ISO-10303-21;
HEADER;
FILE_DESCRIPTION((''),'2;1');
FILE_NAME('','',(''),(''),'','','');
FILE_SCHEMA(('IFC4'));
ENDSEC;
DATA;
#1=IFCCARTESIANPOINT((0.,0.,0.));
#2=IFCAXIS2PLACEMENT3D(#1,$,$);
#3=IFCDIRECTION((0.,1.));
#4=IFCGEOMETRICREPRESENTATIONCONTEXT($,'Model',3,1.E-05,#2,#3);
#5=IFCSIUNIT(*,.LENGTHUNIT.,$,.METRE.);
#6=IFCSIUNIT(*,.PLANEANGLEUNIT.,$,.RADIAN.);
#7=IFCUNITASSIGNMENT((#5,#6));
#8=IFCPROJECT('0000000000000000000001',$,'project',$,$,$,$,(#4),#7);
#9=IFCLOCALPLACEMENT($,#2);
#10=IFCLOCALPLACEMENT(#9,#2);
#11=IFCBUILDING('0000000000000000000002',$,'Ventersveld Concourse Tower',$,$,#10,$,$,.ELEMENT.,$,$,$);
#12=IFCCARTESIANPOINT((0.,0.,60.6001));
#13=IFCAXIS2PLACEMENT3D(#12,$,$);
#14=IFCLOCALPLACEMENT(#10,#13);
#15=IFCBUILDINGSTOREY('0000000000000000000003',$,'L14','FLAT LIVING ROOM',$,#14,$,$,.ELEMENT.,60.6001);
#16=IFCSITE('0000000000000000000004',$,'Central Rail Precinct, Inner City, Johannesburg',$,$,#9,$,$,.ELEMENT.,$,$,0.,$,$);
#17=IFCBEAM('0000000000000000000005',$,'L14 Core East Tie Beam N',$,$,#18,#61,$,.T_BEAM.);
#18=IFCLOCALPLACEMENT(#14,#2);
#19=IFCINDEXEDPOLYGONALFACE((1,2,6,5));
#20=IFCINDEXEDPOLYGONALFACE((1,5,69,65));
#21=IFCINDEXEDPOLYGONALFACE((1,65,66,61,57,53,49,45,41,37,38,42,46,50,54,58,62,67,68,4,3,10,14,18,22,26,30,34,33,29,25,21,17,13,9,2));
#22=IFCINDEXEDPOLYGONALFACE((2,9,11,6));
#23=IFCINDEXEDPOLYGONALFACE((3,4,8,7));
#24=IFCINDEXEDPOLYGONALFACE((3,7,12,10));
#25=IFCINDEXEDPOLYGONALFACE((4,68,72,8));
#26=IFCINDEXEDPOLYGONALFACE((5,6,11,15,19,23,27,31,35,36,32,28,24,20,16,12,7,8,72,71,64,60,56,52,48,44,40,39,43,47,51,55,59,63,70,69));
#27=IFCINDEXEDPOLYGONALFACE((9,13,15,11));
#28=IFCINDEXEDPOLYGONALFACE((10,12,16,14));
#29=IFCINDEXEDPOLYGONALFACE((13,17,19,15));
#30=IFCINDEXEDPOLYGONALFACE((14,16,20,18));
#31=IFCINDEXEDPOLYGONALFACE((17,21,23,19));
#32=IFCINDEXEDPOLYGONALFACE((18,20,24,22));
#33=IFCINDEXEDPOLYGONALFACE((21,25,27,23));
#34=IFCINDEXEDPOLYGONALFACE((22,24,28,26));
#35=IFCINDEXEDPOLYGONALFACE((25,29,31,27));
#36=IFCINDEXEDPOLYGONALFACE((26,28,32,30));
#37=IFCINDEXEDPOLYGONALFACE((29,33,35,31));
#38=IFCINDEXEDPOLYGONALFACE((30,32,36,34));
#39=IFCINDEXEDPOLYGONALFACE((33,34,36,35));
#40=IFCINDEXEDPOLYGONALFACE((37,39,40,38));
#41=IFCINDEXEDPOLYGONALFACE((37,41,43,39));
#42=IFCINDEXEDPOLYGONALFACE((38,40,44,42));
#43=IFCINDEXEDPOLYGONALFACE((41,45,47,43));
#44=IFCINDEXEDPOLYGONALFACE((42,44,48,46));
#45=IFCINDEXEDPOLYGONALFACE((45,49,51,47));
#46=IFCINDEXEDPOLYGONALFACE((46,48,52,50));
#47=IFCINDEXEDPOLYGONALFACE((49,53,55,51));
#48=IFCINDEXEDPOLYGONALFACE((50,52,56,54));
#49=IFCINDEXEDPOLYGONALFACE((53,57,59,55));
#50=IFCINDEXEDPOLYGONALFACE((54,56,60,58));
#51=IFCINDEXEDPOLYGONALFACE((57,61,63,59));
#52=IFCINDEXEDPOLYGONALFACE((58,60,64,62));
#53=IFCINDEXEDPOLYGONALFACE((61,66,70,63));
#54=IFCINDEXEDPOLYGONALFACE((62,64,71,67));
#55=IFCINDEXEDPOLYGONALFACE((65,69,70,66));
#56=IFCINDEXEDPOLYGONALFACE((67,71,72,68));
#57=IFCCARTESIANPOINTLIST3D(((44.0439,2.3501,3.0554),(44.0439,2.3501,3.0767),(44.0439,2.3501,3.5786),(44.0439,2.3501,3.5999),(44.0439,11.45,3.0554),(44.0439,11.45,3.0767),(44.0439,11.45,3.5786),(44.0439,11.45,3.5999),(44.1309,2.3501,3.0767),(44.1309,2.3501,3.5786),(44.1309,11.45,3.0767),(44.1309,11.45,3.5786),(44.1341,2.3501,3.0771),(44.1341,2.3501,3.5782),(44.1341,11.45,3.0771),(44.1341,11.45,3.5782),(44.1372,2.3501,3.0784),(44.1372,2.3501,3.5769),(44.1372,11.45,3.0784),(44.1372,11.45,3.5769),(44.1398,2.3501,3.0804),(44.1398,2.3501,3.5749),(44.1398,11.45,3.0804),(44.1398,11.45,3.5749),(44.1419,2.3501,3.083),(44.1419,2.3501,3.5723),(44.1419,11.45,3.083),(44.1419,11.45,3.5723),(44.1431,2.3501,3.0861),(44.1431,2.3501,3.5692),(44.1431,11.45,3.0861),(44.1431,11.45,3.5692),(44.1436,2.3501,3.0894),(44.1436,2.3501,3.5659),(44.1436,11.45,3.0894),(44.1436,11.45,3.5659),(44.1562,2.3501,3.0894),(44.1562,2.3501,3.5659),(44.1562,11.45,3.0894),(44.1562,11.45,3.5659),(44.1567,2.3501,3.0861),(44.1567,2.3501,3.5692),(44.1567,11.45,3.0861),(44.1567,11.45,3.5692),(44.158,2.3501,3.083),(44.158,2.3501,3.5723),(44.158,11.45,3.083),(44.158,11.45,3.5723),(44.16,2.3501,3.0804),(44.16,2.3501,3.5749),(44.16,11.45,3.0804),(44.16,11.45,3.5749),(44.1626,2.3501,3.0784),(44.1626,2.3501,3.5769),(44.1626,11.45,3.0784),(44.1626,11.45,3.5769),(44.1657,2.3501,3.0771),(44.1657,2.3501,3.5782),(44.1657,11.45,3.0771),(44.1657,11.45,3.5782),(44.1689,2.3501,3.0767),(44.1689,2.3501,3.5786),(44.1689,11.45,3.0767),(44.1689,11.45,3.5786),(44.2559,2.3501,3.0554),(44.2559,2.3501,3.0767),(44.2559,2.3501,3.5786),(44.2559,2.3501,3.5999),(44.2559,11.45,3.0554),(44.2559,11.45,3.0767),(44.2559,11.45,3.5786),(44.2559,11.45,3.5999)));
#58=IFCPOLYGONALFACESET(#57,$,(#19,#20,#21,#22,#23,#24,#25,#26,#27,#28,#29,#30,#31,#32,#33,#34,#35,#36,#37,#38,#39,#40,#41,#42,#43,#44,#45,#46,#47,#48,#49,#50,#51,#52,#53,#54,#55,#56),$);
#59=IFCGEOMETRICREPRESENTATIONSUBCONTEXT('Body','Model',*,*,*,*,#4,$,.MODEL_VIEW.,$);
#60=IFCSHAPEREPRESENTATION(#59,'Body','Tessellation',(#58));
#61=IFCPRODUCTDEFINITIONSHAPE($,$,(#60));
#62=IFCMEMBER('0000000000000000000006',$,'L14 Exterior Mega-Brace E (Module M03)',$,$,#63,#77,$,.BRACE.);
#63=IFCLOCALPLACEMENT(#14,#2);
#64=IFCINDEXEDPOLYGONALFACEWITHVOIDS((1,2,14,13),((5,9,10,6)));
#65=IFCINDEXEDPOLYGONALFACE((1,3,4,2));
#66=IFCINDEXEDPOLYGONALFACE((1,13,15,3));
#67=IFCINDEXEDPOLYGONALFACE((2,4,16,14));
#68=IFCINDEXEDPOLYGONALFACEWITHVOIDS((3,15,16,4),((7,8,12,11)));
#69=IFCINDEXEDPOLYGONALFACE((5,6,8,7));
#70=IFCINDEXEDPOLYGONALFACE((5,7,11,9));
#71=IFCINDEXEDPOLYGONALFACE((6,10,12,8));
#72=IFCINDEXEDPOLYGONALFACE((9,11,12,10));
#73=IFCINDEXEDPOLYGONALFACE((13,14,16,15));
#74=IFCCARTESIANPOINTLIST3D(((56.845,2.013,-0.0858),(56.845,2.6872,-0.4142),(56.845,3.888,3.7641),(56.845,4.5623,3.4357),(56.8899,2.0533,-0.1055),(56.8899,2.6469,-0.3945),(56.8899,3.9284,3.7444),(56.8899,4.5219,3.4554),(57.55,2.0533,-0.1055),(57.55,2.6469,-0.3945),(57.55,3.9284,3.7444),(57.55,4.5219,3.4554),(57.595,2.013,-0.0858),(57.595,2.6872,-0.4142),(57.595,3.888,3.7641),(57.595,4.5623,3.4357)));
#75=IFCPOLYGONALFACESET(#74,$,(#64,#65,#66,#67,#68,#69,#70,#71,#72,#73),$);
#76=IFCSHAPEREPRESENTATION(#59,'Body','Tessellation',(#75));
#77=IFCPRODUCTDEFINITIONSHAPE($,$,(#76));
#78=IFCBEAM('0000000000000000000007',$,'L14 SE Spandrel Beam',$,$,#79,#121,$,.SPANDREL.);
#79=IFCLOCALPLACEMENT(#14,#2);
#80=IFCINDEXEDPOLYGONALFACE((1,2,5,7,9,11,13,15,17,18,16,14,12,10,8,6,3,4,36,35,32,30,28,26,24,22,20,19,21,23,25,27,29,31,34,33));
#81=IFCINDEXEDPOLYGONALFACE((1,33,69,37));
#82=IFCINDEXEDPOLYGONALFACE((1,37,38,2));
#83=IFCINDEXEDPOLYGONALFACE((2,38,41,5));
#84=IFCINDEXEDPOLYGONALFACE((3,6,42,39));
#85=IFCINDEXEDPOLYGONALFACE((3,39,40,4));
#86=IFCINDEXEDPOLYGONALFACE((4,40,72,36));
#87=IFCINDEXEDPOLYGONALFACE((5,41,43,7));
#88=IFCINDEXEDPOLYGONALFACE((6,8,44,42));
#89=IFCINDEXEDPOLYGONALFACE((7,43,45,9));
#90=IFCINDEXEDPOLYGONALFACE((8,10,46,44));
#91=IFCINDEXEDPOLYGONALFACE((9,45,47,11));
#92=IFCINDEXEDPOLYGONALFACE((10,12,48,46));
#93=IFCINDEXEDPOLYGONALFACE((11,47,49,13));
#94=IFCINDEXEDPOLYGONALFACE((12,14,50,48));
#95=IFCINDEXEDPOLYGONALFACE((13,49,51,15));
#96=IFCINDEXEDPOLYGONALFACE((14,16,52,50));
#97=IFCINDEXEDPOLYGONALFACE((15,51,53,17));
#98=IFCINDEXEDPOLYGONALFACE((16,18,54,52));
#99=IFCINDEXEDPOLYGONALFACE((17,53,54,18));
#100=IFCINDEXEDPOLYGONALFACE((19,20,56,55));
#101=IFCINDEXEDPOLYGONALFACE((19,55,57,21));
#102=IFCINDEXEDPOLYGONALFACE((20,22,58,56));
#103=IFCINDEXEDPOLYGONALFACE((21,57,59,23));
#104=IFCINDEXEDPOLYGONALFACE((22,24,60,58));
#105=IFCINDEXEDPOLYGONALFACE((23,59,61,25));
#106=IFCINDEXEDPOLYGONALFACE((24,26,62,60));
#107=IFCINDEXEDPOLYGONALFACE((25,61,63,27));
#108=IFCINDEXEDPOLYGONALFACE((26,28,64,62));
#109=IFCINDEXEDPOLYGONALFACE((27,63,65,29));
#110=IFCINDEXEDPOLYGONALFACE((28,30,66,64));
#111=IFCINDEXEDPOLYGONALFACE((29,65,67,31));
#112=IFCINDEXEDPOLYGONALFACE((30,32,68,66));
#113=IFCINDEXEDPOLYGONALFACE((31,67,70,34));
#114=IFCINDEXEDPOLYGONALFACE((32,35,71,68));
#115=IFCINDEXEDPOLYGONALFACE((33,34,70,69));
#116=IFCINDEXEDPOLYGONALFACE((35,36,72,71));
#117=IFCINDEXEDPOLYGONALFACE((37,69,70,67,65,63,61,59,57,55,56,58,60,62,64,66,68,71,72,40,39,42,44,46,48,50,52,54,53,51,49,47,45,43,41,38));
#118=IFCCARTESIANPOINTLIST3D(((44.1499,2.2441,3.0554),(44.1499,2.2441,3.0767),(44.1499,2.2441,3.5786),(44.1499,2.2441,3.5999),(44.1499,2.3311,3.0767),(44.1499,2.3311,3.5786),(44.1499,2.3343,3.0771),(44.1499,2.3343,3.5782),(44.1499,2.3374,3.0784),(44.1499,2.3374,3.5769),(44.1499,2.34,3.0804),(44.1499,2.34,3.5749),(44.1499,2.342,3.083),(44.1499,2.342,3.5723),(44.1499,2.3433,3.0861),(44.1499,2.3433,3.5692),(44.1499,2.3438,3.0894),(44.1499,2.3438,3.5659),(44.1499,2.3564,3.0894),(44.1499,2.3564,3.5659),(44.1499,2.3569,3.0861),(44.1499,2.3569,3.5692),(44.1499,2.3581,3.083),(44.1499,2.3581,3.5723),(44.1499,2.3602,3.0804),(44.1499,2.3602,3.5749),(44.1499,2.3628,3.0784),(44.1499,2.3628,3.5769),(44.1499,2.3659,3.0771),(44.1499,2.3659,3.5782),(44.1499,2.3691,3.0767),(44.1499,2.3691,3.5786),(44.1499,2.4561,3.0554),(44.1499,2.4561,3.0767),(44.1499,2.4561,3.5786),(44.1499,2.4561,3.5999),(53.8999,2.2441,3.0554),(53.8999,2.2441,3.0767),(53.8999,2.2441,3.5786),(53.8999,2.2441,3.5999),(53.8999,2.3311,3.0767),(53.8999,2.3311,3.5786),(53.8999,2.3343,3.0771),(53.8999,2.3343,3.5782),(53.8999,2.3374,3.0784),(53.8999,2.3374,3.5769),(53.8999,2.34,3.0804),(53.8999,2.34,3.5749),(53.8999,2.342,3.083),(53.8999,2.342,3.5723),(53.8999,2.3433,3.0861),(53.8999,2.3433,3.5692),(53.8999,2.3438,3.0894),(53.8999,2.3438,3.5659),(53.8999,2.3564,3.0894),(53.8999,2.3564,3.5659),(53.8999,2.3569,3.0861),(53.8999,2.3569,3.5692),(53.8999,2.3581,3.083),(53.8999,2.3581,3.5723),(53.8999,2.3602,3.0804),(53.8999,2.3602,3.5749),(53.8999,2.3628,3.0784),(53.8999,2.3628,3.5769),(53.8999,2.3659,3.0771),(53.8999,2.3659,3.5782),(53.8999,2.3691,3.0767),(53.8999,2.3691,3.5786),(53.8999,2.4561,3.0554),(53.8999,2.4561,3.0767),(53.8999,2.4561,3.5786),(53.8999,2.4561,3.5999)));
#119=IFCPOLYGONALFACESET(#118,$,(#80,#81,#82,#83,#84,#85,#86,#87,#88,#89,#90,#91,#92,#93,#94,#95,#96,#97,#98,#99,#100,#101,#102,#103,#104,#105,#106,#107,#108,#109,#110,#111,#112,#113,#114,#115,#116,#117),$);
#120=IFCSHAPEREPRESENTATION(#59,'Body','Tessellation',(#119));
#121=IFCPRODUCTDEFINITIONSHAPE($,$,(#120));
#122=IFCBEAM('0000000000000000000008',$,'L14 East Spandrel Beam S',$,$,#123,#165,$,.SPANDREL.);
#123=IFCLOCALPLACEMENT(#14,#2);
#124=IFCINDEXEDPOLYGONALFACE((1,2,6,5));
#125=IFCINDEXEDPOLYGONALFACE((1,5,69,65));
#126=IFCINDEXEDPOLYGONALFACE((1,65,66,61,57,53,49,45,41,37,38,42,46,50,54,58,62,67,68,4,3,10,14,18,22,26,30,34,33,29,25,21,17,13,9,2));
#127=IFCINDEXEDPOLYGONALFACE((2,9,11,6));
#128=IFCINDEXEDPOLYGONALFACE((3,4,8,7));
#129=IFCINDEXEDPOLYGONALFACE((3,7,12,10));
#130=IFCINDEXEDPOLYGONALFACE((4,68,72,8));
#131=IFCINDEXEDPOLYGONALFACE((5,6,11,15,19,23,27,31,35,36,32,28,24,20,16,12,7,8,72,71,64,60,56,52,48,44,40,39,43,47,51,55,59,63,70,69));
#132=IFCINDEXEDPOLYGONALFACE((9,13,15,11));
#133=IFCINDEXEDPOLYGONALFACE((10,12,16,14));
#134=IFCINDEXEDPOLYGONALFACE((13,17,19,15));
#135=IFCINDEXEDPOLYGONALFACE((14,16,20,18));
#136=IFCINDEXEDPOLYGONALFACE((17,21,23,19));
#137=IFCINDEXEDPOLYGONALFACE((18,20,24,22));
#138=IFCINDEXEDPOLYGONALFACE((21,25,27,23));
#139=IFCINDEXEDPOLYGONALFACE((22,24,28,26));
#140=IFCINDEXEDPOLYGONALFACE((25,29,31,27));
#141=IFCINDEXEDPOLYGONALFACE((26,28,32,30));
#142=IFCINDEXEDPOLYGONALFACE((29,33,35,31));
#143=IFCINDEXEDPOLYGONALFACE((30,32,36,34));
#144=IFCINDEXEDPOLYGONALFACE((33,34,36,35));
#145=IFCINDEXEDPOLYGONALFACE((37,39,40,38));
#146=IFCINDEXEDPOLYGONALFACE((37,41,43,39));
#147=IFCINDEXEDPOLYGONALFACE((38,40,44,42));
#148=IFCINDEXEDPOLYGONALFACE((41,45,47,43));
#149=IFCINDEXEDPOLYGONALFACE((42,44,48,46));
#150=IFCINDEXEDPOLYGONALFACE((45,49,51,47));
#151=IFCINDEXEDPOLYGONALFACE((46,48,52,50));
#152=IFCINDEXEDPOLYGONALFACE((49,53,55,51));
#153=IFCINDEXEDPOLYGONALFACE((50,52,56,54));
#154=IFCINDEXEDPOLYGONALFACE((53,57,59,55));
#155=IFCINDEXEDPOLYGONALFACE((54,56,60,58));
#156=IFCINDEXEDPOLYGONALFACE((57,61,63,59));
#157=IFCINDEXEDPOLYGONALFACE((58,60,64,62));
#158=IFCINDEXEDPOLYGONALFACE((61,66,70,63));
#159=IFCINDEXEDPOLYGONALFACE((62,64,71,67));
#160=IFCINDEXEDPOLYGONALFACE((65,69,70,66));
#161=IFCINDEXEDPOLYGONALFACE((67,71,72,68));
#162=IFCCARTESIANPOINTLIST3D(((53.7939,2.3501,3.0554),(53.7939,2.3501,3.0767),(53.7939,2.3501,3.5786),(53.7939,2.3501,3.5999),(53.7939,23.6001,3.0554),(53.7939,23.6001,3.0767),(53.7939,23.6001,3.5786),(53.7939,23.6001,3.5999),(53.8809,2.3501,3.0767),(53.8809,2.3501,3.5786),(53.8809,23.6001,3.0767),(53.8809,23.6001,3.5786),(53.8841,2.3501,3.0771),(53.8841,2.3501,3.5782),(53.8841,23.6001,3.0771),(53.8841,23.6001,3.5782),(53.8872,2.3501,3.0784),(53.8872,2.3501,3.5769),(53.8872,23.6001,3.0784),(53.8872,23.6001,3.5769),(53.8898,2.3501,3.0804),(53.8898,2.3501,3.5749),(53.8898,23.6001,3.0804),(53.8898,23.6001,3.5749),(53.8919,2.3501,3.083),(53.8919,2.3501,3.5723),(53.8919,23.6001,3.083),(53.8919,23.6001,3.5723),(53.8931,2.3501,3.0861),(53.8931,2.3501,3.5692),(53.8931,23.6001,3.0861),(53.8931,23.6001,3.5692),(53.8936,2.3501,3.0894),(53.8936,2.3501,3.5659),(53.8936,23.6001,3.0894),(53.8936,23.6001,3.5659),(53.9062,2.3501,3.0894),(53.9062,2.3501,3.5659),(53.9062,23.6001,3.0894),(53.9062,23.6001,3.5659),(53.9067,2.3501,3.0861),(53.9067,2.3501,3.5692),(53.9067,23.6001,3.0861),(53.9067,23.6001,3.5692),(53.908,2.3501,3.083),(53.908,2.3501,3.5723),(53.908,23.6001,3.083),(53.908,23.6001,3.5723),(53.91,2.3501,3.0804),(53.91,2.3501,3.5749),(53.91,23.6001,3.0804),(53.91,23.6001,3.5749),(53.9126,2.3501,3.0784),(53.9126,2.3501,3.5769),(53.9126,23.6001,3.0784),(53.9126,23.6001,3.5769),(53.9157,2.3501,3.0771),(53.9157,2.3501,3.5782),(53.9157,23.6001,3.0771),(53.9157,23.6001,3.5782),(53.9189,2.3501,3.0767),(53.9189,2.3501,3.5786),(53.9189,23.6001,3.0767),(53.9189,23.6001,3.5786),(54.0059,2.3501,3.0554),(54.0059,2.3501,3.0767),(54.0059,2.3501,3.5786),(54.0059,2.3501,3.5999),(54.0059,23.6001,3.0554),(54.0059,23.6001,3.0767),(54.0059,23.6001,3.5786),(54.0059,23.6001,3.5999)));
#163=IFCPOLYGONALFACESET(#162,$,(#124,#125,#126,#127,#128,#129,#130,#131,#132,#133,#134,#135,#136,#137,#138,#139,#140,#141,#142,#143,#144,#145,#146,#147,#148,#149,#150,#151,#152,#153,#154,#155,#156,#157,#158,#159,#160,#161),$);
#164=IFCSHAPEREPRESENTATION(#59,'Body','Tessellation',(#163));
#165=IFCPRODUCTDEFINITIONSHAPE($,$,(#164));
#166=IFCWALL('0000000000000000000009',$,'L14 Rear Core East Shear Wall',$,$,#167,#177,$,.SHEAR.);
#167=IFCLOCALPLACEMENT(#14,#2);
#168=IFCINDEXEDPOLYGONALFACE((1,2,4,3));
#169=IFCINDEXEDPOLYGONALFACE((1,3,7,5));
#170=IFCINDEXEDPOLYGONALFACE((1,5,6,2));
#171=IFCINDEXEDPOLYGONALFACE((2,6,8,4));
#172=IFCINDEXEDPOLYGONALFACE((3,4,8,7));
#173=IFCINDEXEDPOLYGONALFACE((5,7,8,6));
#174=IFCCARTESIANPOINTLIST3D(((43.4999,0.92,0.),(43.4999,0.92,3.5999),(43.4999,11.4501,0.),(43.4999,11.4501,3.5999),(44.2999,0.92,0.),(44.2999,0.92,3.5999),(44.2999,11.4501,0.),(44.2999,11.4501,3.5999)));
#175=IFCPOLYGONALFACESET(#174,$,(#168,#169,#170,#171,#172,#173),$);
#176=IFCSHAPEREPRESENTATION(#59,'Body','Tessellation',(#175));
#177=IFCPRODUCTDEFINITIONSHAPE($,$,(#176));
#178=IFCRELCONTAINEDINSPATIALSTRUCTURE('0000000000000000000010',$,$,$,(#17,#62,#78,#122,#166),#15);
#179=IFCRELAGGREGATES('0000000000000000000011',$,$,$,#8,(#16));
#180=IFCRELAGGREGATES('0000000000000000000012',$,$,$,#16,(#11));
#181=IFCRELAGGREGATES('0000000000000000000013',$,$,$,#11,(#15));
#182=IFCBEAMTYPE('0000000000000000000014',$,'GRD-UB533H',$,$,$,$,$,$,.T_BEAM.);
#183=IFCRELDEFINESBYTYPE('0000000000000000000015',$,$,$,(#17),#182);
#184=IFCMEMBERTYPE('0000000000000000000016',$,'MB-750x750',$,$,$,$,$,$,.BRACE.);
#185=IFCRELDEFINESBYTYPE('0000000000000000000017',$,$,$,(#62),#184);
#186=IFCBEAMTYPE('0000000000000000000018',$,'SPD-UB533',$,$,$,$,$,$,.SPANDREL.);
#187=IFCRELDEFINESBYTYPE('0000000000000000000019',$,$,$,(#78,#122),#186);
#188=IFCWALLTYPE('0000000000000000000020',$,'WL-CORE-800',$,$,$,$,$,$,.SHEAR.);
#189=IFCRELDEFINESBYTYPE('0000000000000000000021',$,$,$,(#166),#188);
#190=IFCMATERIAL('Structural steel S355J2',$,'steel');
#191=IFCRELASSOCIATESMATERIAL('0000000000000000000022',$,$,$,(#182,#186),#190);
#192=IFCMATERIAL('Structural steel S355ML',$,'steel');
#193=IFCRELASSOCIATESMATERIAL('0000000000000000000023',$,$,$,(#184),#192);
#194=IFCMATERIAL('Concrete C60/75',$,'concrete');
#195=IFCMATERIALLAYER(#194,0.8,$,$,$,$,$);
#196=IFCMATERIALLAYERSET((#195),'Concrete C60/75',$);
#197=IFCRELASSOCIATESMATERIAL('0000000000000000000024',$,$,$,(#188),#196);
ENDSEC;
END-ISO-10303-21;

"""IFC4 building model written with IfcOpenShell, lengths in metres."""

from ifc_helpers import new_model, si_unit, direction, frame, frame_2d, origin, origin_2d, place, context, subcontext, project, spatial, rectangle, hollow_rectangle, i_section, extrude, material, layer, layer_set, material_profile, profile_set, type_object, element, save


model = new_model("IFC4")

# Units and contexts
model_context = context("Model", 3, precision=1e-05, world=origin(), true_north=direction((0.0, 1.0)))
body_context = subcontext(model_context, "Body", "Model", "MODEL_VIEW")
ifc_project = project(units=[si_unit("LENGTHUNIT", "METRE"), si_unit("PLANEANGLEUNIT", "RADIAN")], contexts=[model_context])

# Site, building, storey
site_placement = place(None, origin())
site = spatial("IfcSite", under=ifc_project, at=site_placement, Name="Central Rail Precinct, Inner City, Johannesburg", CompositionType="ELEMENT", RefElevation=0.0)
building_placement = place(site_placement, origin())
building = spatial("IfcBuilding", under=site, at=building_placement, Name="Ventersveld Concourse Tower", CompositionType="ELEMENT")
storey_placement = place(building_placement, frame((0.0, 0.0, 60.6001)))
storey = spatial("IfcBuildingStorey", under=building, at=storey_placement, Name="L14", Description="FLAT LIVING ROOM", CompositionType="ELEMENT", Elevation=60.6001)

# Beam
ifc_material_1 = material(Name="Structural steel S355J2", Category="steel")
ifc_material_profile_1 = material_profile(ifc_material_1, i_section(OverallWidth=0.2119, OverallDepth=0.5444, WebThickness=0.0127, FlangeThickness=0.0212, FilletRadius=0.0127, at=origin_2d()), Name="UB 533x210x122")
ifc_profile_set_1 = profile_set([ifc_material_profile_1], Name="Structural steel S355J2")
beam_type_1 = type_object("IfcBeamType", Name="GRD-UB533H", PredefinedType="T_BEAM", material=ifc_profile_set_1)
beam_1_placement = place(storey_placement, frame((44.1499, 2.3501, 3.3276), z_axis=(0.0, 1.0, 0.0), x_axis=(-1.0, 0.0, 0.0)))
element("IfcBeam", 1, at=beam_1_placement, inside=storey, type_object=beam_type_1, Name="L14 Core East Tie Beam N", PredefinedType="T_BEAM", context=body_context, shape_type="SweptSolid", body=[
    extrude(i_section(OverallWidth=0.2119, OverallDepth=0.5444, WebThickness=0.0127, FlangeThickness=0.0212, FilletRadius=0.0127, at=origin_2d()), origin(), (0.0, 0.0, 1.0), 9.0999),
])

# Member
ifc_material_2 = material(Name="Structural steel S355ML", Category="steel")
ifc_material_profile_2 = material_profile(ifc_material_2, hollow_rectangle(XDim=0.75, YDim=0.75, WallThickness=0.0449, at=origin_2d()), Name="BOX 750x750x45")
ifc_profile_set_2 = profile_set([ifc_material_profile_2], Name="Structural steel S355ML")
member_type = type_object("IfcMemberType", Name="MB-750x750", PredefinedType="BRACE", material=ifc_profile_set_2)
member_placement = place(storey_placement, frame((57.22, 2.3501, -0.25), z_axis=(0.0, 0.437862, 0.899042), x_axis=(-1.0, 0.0, 0.0)))
element("IfcMember", 2, at=member_placement, inside=storey, type_object=member_type, Name="L14 Exterior Mega-Brace E (Module M03)", PredefinedType="BRACE", context=body_context, shape_type="SweptSolid", body=[
    extrude(hollow_rectangle(XDim=0.75, YDim=0.75, WallThickness=0.0449, at=origin_2d()), origin(), (0.0, 0.0, 1.0), 4.2822),
])

# Beams
ifc_material_profile_3 = material_profile(ifc_material_1, i_section(OverallWidth=0.2119, OverallDepth=0.5444, WebThickness=0.0127, FlangeThickness=0.0212, FilletRadius=0.0127, at=origin_2d()), Name="UB 533x210x122")
ifc_profile_set_3 = profile_set([ifc_material_profile_3], Name="Structural steel S355J2")
beam_type_2 = type_object("IfcBeamType", Name="SPD-UB533", PredefinedType="SPANDREL", material=ifc_profile_set_3)
beam_2_placement = place(storey_placement, frame((44.1499, 2.3501, 3.3276), z_axis=(1.0, 0.0, 0.0), x_axis=(0.0, 1.0, 0.0)))
element("IfcBeam", 3, at=beam_2_placement, inside=storey, type_object=beam_type_2, Name="L14 SE Spandrel Beam", PredefinedType="SPANDREL", context=body_context, shape_type="SweptSolid", body=[
    extrude(i_section(OverallWidth=0.2119, OverallDepth=0.5444, WebThickness=0.0127, FlangeThickness=0.0212, FilletRadius=0.0127, at=origin_2d()), origin(), (0.0, 0.0, 1.0), 9.75),
])
beam_3_placement = place(storey_placement, frame((53.8999, 2.3501, 3.3276), z_axis=(0.0, 1.0, 0.0), x_axis=(-1.0, 0.0, 0.0)))
element("IfcBeam", 4, at=beam_3_placement, inside=storey, type_object=beam_type_2, Name="L14 East Spandrel Beam S", PredefinedType="SPANDREL", context=body_context, shape_type="SweptSolid", body=[
    extrude(i_section(OverallWidth=0.2119, OverallDepth=0.5444, WebThickness=0.0127, FlangeThickness=0.0212, FilletRadius=0.0127, at=origin_2d()), origin(), (0.0, 0.0, 1.0), 21.25),
])

# Wall
ifc_material_3 = material(Name="Concrete C60/75", Category="concrete")
ifc_layer_1 = layer(ifc_material_3, 0.8)
ifc_layer_set_1 = layer_set([ifc_layer_1], Name="Concrete C60/75")
wall_type_1 = type_object("IfcWallType", Name="WL-CORE-800", PredefinedType="SHEAR", material=ifc_layer_set_1)
wall_1_placement = place(storey_placement, frame((43.8999, 0.9199, 0.0), z_axis=(0.0, 0.0, 1.0), x_axis=(0.0, 1.0, 0.0)))
element("IfcWall", 5, at=wall_1_placement, inside=storey, type_object=wall_type_1, Name="L14 Rear Core East Shear Wall", PredefinedType="SHEAR", context=body_context, shape_type="SweptSolid", body=[
    extrude(rectangle(XDim=10.53, YDim=0.8, at=frame_2d((5.2651, 0.0))), origin(), (0.0, 0.0, 1.0), 3.5999),
])

save(model, "model.ifc")
